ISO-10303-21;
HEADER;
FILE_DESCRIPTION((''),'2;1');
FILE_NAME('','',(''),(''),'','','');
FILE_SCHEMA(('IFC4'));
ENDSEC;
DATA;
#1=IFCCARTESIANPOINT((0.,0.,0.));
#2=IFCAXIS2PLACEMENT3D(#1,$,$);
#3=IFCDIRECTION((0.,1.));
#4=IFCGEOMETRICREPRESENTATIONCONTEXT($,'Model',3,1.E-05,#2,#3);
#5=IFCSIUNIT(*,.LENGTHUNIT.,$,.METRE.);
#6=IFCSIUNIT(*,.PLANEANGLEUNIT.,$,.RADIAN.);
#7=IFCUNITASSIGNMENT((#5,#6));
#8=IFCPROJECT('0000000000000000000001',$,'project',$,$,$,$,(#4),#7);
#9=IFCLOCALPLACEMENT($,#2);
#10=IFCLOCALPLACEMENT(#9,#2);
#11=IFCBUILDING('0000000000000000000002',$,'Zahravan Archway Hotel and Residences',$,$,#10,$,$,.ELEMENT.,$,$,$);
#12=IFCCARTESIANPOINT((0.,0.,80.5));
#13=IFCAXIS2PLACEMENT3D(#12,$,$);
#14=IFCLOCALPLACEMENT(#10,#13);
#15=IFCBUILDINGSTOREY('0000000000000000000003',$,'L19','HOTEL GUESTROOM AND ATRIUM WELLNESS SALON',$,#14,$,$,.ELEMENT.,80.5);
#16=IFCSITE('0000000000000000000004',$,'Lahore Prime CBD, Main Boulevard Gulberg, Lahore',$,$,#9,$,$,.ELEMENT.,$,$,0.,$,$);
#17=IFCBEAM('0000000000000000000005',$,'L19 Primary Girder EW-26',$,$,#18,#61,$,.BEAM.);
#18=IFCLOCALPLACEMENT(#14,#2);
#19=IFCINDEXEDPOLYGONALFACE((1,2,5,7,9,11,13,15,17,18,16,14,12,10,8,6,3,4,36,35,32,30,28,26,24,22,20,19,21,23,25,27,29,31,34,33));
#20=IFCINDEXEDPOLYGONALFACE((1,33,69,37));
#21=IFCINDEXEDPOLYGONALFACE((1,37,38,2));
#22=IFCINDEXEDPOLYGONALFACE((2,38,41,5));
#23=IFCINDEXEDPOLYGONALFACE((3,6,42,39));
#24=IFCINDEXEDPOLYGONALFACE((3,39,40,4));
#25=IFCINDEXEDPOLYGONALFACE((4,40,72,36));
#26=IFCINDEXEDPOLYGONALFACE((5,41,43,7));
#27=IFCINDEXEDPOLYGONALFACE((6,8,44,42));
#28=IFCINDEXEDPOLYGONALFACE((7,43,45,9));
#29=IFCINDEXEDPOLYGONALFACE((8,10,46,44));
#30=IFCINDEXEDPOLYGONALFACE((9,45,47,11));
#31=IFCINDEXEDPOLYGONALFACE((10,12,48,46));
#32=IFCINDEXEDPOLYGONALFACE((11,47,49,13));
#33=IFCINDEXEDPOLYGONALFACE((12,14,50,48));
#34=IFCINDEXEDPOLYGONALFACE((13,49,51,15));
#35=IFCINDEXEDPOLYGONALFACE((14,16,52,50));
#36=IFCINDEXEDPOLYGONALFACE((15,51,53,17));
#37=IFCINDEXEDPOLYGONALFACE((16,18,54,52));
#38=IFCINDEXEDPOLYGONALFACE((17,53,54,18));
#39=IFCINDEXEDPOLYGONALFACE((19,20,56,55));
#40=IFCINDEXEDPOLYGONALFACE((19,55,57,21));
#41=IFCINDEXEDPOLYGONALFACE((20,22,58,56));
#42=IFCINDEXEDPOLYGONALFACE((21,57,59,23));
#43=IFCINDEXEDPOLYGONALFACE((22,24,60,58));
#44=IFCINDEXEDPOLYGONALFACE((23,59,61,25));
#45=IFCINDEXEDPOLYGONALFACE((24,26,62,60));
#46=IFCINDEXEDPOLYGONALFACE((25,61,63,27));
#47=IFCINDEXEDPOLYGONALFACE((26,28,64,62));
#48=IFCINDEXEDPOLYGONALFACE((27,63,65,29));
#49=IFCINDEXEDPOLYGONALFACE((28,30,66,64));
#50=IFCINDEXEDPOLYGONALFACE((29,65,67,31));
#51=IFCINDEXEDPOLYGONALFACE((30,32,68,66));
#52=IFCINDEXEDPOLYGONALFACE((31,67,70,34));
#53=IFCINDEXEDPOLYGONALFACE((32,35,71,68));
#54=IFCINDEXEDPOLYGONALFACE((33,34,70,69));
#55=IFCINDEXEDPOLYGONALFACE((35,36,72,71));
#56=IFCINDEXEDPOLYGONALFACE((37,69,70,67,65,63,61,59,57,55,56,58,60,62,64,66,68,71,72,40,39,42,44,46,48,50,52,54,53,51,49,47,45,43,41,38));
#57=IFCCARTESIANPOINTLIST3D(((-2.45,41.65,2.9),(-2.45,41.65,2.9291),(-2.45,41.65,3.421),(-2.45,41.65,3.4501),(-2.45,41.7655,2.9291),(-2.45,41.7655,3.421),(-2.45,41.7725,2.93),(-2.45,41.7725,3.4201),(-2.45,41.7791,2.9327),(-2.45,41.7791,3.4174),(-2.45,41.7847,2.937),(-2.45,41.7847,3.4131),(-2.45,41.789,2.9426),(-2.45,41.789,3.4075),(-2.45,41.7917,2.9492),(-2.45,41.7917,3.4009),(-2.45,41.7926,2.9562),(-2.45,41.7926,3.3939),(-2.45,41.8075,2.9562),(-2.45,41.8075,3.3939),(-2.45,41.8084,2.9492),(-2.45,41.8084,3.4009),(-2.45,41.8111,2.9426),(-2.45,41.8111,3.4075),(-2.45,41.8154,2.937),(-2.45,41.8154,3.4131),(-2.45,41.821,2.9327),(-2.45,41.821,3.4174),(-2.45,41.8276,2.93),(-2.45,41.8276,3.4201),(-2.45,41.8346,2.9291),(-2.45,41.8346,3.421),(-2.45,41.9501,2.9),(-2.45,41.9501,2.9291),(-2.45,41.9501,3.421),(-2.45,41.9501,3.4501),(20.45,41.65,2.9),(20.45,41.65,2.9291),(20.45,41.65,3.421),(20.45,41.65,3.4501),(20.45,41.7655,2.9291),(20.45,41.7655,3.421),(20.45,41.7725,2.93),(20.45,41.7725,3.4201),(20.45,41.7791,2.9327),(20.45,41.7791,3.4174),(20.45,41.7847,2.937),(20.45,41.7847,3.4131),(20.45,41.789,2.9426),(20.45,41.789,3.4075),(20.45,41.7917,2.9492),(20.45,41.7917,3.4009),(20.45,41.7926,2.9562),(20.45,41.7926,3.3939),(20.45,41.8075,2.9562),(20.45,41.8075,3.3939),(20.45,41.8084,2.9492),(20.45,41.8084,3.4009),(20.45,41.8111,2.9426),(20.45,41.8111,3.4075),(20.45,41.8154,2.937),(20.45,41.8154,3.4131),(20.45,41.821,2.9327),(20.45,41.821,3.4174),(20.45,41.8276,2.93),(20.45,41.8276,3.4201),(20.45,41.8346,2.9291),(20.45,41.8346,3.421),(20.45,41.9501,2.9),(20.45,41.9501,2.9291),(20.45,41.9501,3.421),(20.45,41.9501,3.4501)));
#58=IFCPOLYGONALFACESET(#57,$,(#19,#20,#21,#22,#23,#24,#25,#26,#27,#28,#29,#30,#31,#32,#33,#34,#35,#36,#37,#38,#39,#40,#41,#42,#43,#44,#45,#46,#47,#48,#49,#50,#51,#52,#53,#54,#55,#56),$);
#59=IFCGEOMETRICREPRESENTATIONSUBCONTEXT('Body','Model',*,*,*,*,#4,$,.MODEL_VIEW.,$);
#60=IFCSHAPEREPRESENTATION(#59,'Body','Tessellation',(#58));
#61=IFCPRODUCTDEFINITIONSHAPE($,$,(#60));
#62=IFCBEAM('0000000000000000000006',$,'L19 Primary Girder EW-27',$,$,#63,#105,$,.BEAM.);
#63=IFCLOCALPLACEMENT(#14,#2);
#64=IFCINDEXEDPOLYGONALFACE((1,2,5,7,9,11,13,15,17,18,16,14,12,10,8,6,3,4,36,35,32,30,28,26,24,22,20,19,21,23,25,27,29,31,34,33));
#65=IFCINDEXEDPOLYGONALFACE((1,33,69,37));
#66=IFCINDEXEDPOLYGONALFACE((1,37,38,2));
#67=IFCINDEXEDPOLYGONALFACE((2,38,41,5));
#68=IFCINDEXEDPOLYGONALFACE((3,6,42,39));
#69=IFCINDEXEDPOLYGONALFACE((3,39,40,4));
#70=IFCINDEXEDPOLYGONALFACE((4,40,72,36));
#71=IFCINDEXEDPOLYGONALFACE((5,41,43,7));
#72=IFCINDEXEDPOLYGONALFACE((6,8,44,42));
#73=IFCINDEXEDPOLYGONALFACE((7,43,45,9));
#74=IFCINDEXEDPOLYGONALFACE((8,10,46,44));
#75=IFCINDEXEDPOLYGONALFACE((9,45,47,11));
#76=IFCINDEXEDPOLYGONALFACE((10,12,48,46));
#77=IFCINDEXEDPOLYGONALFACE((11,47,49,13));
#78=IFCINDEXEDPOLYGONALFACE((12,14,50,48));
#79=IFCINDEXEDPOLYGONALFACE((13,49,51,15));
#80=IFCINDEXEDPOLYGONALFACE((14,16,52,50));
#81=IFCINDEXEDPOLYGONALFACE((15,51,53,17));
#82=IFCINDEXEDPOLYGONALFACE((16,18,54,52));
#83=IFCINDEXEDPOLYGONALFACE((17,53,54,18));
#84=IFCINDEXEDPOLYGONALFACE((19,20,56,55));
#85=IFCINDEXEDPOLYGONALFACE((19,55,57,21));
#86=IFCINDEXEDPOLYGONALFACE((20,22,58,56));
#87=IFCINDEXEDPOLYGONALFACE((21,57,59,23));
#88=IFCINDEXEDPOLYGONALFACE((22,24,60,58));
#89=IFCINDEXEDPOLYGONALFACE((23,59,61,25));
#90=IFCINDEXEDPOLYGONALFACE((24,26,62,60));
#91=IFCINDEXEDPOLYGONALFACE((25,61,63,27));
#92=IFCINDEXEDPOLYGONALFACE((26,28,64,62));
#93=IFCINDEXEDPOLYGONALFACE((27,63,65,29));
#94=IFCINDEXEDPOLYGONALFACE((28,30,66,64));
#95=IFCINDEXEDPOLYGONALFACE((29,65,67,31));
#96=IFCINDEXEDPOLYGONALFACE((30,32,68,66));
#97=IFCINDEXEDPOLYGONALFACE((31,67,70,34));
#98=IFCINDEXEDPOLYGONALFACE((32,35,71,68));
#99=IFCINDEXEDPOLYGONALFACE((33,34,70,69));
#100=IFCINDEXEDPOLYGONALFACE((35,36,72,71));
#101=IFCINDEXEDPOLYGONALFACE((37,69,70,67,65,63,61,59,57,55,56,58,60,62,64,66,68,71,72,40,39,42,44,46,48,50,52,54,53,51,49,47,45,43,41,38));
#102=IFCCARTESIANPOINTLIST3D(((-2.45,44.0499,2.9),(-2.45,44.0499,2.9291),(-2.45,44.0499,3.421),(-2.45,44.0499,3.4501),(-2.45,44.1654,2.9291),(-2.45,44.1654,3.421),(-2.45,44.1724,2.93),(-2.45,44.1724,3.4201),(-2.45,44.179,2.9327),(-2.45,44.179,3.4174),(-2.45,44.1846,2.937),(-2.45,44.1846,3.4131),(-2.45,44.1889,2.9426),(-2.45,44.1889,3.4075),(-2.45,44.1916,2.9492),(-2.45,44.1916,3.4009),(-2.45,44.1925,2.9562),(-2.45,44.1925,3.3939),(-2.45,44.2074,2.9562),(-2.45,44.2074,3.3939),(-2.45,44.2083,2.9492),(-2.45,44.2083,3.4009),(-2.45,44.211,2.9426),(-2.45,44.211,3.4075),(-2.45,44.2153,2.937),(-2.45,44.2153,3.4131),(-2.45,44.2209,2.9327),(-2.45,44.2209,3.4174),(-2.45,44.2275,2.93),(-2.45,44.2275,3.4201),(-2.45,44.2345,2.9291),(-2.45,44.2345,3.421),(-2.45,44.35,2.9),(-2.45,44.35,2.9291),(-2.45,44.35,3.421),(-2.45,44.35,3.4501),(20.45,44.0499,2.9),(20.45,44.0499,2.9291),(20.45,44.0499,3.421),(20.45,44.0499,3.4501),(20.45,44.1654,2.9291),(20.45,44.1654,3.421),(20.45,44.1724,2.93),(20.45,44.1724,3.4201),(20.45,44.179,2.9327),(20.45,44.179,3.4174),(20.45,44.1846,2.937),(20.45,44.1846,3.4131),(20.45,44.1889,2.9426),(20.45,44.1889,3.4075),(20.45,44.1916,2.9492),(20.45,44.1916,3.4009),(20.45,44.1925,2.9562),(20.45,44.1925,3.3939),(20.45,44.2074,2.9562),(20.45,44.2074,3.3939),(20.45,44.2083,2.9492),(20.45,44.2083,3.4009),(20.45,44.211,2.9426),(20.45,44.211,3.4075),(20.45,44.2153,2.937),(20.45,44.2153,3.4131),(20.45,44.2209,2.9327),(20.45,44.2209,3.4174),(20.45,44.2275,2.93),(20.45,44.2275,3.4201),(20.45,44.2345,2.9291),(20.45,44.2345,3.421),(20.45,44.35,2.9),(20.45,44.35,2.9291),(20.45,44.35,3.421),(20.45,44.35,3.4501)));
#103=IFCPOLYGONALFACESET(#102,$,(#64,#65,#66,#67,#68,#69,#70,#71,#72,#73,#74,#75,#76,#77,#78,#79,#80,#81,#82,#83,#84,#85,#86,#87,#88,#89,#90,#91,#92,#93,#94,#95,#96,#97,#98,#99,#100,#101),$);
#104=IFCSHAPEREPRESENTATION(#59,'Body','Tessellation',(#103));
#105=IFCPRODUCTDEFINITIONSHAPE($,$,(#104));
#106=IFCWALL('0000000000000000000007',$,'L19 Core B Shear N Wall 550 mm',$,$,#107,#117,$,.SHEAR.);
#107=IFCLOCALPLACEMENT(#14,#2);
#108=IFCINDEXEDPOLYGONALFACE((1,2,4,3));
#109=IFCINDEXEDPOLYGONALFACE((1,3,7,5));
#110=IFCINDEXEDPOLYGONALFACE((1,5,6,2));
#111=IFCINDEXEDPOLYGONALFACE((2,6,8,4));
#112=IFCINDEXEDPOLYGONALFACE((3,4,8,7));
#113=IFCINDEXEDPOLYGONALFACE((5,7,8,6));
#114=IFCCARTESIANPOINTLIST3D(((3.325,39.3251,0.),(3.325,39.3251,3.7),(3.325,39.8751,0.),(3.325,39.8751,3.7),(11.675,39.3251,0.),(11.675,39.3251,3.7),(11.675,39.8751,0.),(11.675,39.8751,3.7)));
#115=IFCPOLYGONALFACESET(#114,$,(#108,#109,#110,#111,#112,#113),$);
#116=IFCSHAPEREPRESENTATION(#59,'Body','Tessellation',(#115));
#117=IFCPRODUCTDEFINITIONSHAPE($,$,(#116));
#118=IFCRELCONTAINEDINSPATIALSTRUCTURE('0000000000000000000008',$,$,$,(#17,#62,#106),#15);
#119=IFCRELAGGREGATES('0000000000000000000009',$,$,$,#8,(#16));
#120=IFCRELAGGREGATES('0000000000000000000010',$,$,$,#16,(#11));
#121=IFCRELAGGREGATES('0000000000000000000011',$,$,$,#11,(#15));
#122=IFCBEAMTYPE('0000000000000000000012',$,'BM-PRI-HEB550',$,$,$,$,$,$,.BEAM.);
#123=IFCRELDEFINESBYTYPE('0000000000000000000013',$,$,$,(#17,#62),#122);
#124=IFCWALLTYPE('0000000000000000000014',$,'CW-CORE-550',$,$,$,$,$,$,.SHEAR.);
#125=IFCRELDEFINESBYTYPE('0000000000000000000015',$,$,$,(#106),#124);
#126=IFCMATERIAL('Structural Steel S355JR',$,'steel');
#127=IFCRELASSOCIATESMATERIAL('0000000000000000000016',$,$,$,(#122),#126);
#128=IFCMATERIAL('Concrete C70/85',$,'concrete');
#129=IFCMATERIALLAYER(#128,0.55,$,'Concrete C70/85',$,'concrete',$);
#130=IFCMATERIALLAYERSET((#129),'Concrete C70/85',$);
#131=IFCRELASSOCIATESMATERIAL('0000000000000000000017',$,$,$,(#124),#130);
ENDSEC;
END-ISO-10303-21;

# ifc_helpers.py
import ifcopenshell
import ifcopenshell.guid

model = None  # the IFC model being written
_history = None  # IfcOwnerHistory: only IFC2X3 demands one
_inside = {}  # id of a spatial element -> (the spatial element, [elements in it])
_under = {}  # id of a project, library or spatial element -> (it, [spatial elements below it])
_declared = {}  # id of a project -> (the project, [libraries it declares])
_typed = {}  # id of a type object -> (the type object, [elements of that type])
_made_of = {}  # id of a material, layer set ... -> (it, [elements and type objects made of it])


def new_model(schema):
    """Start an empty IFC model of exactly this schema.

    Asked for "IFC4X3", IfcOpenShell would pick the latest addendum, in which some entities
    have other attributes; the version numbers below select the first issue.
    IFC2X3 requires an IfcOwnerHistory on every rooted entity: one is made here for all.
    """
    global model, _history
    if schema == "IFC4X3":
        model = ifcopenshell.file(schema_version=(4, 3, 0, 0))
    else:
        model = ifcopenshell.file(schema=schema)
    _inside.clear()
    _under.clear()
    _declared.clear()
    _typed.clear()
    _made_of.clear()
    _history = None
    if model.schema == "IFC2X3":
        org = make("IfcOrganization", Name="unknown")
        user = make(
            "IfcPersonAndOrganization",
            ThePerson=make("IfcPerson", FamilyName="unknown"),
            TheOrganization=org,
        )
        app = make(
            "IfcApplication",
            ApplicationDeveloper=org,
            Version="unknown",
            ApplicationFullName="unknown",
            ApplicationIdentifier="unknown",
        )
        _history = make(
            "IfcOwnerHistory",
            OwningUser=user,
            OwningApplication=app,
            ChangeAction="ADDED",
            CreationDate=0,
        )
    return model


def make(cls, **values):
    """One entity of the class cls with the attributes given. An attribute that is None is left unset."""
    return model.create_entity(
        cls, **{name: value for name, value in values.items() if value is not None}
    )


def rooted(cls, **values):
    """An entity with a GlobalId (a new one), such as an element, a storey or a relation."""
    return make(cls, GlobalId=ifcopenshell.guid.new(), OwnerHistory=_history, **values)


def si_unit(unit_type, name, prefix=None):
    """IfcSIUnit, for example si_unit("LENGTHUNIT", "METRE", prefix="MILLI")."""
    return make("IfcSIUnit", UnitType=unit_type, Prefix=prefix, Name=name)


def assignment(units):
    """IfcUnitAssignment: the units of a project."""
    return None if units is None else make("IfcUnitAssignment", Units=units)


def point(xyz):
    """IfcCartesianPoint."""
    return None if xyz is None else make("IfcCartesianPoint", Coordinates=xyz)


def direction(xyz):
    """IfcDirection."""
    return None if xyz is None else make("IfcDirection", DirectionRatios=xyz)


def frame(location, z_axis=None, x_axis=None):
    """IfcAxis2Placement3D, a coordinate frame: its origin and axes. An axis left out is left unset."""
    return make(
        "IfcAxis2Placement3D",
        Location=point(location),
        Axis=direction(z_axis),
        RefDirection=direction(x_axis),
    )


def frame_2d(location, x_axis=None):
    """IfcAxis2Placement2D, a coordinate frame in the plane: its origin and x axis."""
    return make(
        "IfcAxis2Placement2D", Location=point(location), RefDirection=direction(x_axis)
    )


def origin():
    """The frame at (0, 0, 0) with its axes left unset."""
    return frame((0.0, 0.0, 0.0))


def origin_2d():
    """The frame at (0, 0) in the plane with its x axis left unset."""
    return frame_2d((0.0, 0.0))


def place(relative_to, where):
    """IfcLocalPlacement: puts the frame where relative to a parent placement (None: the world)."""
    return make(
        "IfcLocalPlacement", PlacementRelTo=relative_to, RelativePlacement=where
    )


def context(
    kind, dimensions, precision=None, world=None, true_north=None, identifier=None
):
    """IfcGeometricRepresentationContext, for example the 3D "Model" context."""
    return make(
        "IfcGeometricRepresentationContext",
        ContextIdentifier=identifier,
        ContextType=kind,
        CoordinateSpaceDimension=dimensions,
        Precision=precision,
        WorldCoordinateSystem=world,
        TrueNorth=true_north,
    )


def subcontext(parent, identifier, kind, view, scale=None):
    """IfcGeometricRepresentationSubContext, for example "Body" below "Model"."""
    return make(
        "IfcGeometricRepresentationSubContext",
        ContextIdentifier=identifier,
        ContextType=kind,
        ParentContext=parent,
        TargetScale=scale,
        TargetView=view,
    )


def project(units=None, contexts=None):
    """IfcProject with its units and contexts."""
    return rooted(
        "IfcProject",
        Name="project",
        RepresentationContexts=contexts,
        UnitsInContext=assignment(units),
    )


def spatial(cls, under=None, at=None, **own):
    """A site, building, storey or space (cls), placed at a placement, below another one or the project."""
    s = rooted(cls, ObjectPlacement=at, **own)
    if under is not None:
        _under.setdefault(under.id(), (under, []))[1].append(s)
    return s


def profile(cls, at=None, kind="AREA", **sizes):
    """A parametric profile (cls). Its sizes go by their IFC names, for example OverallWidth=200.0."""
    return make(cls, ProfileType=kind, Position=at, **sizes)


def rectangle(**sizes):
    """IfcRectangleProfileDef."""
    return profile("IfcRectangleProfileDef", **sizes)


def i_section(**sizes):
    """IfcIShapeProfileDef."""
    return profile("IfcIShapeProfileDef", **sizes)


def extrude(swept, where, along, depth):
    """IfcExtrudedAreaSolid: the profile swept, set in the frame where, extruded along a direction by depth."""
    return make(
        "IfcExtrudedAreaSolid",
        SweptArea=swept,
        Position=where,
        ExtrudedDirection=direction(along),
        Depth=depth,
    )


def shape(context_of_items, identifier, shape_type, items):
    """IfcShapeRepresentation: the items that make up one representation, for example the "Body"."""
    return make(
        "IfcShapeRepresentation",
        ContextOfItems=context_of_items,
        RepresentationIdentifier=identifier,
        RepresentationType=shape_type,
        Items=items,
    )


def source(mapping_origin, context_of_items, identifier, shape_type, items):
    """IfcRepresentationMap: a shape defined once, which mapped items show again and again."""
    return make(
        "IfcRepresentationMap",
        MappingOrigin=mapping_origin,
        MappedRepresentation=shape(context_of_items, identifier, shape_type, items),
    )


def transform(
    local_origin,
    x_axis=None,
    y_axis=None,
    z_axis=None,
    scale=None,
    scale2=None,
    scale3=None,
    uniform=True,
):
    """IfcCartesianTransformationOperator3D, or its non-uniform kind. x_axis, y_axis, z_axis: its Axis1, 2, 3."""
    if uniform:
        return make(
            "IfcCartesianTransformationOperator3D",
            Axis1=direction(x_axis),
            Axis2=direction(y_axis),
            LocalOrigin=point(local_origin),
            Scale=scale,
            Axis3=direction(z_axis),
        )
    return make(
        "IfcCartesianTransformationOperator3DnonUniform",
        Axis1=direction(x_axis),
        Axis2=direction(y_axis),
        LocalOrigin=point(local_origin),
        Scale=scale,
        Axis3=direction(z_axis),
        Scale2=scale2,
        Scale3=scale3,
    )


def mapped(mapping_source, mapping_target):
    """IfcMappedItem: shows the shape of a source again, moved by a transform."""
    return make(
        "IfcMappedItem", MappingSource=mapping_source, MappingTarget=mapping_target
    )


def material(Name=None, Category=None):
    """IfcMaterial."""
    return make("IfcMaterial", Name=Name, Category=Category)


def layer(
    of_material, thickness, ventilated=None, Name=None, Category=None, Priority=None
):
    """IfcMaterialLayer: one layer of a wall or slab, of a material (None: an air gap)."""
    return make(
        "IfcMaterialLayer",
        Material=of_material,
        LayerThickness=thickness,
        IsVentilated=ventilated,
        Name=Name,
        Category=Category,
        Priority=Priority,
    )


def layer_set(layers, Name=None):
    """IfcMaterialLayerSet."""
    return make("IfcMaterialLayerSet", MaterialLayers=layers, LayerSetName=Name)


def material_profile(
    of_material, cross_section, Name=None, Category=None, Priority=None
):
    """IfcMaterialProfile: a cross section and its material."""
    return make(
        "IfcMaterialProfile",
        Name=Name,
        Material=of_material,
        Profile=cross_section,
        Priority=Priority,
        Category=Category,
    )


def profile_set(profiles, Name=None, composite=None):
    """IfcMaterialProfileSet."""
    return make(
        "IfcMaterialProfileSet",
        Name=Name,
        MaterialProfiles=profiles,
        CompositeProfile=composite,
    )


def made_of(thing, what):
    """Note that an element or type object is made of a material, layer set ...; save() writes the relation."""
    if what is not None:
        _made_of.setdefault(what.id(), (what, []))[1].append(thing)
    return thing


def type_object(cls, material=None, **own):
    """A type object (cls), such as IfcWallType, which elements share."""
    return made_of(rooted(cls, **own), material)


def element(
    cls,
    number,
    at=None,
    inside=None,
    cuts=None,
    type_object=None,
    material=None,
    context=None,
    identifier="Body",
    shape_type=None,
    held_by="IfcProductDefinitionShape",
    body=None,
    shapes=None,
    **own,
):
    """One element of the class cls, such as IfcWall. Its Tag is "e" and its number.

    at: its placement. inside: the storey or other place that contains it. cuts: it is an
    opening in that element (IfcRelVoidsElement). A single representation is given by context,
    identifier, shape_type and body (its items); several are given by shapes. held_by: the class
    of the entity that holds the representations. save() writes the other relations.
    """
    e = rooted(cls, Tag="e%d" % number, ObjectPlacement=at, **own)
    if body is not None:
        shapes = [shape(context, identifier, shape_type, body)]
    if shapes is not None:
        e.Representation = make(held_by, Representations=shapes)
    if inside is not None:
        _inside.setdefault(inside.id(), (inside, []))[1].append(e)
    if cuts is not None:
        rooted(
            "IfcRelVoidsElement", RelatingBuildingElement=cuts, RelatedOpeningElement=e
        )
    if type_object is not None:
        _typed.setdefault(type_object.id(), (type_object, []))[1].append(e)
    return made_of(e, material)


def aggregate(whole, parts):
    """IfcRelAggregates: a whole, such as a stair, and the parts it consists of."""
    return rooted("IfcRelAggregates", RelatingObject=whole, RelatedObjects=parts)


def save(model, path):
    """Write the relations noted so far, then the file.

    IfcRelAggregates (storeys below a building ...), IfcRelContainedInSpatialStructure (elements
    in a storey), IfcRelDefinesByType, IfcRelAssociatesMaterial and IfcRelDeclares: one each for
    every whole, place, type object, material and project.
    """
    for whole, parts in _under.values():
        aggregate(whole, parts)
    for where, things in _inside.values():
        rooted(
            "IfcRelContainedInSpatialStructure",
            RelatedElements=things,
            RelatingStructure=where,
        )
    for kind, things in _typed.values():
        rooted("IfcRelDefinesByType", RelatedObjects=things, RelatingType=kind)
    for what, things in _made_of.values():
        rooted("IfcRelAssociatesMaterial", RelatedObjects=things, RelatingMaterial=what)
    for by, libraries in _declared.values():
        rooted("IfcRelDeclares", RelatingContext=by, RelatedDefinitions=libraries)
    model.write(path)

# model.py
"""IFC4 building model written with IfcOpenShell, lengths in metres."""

from ifc_helpers import new_model, si_unit, direction, frame, frame_2d, origin, origin_2d, place, context, subcontext, project, spatial, rectangle, i_section, extrude, source, transform, mapped, material, layer, layer_set, material_profile, profile_set, type_object, element, save


model = new_model("IFC4")

# Units and contexts
model_context = context("Model", 3, precision=1e-05, world=origin(), true_north=direction((0.0, 1.0)))
body_context = subcontext(model_context, "Body", "Model", "MODEL_VIEW")
ifc_project = project(units=[si_unit("LENGTHUNIT", "METRE"), si_unit("PLANEANGLEUNIT", "RADIAN")], contexts=[model_context])

# Site, building, storey
site_placement = place(None, origin())
site = spatial("IfcSite", under=ifc_project, at=site_placement, Name="Lahore Prime CBD, Main Boulevard Gulberg, Lahore", CompositionType="ELEMENT", RefElevation=0.0)
building_placement = place(site_placement, origin())
building = spatial("IfcBuilding", under=site, at=building_placement, Name="Zahravan Archway Hotel and Residences", CompositionType="ELEMENT")
storey_placement = place(building_placement, frame((0.0, 0.0, 80.5)))
storey = spatial("IfcBuildingStorey", under=building, at=storey_placement, Name="L19", Description="HOTEL GUESTROOM AND ATRIUM WELLNESS SALON", CompositionType="ELEMENT", Elevation=80.5)

# Shared definitions
ifc_material_1 = material(Name="Concrete C70/85", Category="concrete")

# Beams
ifc_material_2 = material(Name="Structural Steel S355JR", Category="steel")
ifc_material_profile_1 = material_profile(ifc_material_2, i_section(OverallWidth=0.3, OverallDepth=0.55, WebThickness=0.0149, FlangeThickness=0.0291, FilletRadius=0.0271, at=origin_2d()), Name="HEB 550", Category="steel")
ifc_profile_set_1 = profile_set([ifc_material_profile_1], Name="Structural Steel S355JR")
beam_type_1 = type_object("IfcBeamType", Name="BM-PRI-HEB550", PredefinedType="BEAM", material=ifc_profile_set_1)
shared_shape_1 = source(origin(), body_context, "Body", "SweptSolid", [
    extrude(i_section(OverallWidth=0.3, OverallDepth=0.55, WebThickness=0.0149, FlangeThickness=0.0291, FilletRadius=0.0271, at=origin_2d()), origin(), (0.0, 0.0, 1.0), 22.8999),
])
for number, where, z_axis, x_axis, name in (
    (1, (-2.45, 41.8, 3.175), (1.0, 0.0, 0.0), (0.0, 1.0, 0.0), "L19 Primary Girder EW-26"),
    (2, (-2.45, 44.2, 3.175), (1.0, 0.0, 0.0), (0.0, 1.0, 0.0), "L19 Primary Girder EW-27"),
):
    element("IfcBeam", number, at=place(storey_placement, frame(where, z_axis=z_axis, x_axis=x_axis)), inside=storey, type_object=beam_type_1, Name=name, PredefinedType="BEAM", context=body_context, shape_type="MappedRepresentation", body=[
        mapped(shared_shape_1, transform((0.0, 0.0, 0.0), scale=1.0)),
    ])

# Wall
ifc_layer_1 = layer(ifc_material_1, 0.55, Name="Concrete C70/85", Category="concrete")
ifc_layer_set_1 = layer_set([ifc_layer_1], Name="Concrete C70/85")
wall_type_1 = type_object("IfcWallType", Name="CW-CORE-550", PredefinedType="SHEAR", material=ifc_layer_set_1)
wall_1_placement = place(storey_placement, frame((3.325, 39.6001, 0.0), z_axis=(0.0, 0.0, 1.0), x_axis=(1.0, 0.0, 0.0)))
element("IfcWall", 3, at=wall_1_placement, inside=storey, type_object=wall_type_1, Name="L19 Core B Shear N Wall 550 mm", PredefinedType="SHEAR", context=body_context, shape_type="SweptSolid", body=[
    extrude(rectangle(XDim=8.3501, YDim=0.55, at=frame_2d((4.175, 0.0))), origin(), (0.0, 0.0, 1.0), 3.7),
])

save(model, "model.ifc")
